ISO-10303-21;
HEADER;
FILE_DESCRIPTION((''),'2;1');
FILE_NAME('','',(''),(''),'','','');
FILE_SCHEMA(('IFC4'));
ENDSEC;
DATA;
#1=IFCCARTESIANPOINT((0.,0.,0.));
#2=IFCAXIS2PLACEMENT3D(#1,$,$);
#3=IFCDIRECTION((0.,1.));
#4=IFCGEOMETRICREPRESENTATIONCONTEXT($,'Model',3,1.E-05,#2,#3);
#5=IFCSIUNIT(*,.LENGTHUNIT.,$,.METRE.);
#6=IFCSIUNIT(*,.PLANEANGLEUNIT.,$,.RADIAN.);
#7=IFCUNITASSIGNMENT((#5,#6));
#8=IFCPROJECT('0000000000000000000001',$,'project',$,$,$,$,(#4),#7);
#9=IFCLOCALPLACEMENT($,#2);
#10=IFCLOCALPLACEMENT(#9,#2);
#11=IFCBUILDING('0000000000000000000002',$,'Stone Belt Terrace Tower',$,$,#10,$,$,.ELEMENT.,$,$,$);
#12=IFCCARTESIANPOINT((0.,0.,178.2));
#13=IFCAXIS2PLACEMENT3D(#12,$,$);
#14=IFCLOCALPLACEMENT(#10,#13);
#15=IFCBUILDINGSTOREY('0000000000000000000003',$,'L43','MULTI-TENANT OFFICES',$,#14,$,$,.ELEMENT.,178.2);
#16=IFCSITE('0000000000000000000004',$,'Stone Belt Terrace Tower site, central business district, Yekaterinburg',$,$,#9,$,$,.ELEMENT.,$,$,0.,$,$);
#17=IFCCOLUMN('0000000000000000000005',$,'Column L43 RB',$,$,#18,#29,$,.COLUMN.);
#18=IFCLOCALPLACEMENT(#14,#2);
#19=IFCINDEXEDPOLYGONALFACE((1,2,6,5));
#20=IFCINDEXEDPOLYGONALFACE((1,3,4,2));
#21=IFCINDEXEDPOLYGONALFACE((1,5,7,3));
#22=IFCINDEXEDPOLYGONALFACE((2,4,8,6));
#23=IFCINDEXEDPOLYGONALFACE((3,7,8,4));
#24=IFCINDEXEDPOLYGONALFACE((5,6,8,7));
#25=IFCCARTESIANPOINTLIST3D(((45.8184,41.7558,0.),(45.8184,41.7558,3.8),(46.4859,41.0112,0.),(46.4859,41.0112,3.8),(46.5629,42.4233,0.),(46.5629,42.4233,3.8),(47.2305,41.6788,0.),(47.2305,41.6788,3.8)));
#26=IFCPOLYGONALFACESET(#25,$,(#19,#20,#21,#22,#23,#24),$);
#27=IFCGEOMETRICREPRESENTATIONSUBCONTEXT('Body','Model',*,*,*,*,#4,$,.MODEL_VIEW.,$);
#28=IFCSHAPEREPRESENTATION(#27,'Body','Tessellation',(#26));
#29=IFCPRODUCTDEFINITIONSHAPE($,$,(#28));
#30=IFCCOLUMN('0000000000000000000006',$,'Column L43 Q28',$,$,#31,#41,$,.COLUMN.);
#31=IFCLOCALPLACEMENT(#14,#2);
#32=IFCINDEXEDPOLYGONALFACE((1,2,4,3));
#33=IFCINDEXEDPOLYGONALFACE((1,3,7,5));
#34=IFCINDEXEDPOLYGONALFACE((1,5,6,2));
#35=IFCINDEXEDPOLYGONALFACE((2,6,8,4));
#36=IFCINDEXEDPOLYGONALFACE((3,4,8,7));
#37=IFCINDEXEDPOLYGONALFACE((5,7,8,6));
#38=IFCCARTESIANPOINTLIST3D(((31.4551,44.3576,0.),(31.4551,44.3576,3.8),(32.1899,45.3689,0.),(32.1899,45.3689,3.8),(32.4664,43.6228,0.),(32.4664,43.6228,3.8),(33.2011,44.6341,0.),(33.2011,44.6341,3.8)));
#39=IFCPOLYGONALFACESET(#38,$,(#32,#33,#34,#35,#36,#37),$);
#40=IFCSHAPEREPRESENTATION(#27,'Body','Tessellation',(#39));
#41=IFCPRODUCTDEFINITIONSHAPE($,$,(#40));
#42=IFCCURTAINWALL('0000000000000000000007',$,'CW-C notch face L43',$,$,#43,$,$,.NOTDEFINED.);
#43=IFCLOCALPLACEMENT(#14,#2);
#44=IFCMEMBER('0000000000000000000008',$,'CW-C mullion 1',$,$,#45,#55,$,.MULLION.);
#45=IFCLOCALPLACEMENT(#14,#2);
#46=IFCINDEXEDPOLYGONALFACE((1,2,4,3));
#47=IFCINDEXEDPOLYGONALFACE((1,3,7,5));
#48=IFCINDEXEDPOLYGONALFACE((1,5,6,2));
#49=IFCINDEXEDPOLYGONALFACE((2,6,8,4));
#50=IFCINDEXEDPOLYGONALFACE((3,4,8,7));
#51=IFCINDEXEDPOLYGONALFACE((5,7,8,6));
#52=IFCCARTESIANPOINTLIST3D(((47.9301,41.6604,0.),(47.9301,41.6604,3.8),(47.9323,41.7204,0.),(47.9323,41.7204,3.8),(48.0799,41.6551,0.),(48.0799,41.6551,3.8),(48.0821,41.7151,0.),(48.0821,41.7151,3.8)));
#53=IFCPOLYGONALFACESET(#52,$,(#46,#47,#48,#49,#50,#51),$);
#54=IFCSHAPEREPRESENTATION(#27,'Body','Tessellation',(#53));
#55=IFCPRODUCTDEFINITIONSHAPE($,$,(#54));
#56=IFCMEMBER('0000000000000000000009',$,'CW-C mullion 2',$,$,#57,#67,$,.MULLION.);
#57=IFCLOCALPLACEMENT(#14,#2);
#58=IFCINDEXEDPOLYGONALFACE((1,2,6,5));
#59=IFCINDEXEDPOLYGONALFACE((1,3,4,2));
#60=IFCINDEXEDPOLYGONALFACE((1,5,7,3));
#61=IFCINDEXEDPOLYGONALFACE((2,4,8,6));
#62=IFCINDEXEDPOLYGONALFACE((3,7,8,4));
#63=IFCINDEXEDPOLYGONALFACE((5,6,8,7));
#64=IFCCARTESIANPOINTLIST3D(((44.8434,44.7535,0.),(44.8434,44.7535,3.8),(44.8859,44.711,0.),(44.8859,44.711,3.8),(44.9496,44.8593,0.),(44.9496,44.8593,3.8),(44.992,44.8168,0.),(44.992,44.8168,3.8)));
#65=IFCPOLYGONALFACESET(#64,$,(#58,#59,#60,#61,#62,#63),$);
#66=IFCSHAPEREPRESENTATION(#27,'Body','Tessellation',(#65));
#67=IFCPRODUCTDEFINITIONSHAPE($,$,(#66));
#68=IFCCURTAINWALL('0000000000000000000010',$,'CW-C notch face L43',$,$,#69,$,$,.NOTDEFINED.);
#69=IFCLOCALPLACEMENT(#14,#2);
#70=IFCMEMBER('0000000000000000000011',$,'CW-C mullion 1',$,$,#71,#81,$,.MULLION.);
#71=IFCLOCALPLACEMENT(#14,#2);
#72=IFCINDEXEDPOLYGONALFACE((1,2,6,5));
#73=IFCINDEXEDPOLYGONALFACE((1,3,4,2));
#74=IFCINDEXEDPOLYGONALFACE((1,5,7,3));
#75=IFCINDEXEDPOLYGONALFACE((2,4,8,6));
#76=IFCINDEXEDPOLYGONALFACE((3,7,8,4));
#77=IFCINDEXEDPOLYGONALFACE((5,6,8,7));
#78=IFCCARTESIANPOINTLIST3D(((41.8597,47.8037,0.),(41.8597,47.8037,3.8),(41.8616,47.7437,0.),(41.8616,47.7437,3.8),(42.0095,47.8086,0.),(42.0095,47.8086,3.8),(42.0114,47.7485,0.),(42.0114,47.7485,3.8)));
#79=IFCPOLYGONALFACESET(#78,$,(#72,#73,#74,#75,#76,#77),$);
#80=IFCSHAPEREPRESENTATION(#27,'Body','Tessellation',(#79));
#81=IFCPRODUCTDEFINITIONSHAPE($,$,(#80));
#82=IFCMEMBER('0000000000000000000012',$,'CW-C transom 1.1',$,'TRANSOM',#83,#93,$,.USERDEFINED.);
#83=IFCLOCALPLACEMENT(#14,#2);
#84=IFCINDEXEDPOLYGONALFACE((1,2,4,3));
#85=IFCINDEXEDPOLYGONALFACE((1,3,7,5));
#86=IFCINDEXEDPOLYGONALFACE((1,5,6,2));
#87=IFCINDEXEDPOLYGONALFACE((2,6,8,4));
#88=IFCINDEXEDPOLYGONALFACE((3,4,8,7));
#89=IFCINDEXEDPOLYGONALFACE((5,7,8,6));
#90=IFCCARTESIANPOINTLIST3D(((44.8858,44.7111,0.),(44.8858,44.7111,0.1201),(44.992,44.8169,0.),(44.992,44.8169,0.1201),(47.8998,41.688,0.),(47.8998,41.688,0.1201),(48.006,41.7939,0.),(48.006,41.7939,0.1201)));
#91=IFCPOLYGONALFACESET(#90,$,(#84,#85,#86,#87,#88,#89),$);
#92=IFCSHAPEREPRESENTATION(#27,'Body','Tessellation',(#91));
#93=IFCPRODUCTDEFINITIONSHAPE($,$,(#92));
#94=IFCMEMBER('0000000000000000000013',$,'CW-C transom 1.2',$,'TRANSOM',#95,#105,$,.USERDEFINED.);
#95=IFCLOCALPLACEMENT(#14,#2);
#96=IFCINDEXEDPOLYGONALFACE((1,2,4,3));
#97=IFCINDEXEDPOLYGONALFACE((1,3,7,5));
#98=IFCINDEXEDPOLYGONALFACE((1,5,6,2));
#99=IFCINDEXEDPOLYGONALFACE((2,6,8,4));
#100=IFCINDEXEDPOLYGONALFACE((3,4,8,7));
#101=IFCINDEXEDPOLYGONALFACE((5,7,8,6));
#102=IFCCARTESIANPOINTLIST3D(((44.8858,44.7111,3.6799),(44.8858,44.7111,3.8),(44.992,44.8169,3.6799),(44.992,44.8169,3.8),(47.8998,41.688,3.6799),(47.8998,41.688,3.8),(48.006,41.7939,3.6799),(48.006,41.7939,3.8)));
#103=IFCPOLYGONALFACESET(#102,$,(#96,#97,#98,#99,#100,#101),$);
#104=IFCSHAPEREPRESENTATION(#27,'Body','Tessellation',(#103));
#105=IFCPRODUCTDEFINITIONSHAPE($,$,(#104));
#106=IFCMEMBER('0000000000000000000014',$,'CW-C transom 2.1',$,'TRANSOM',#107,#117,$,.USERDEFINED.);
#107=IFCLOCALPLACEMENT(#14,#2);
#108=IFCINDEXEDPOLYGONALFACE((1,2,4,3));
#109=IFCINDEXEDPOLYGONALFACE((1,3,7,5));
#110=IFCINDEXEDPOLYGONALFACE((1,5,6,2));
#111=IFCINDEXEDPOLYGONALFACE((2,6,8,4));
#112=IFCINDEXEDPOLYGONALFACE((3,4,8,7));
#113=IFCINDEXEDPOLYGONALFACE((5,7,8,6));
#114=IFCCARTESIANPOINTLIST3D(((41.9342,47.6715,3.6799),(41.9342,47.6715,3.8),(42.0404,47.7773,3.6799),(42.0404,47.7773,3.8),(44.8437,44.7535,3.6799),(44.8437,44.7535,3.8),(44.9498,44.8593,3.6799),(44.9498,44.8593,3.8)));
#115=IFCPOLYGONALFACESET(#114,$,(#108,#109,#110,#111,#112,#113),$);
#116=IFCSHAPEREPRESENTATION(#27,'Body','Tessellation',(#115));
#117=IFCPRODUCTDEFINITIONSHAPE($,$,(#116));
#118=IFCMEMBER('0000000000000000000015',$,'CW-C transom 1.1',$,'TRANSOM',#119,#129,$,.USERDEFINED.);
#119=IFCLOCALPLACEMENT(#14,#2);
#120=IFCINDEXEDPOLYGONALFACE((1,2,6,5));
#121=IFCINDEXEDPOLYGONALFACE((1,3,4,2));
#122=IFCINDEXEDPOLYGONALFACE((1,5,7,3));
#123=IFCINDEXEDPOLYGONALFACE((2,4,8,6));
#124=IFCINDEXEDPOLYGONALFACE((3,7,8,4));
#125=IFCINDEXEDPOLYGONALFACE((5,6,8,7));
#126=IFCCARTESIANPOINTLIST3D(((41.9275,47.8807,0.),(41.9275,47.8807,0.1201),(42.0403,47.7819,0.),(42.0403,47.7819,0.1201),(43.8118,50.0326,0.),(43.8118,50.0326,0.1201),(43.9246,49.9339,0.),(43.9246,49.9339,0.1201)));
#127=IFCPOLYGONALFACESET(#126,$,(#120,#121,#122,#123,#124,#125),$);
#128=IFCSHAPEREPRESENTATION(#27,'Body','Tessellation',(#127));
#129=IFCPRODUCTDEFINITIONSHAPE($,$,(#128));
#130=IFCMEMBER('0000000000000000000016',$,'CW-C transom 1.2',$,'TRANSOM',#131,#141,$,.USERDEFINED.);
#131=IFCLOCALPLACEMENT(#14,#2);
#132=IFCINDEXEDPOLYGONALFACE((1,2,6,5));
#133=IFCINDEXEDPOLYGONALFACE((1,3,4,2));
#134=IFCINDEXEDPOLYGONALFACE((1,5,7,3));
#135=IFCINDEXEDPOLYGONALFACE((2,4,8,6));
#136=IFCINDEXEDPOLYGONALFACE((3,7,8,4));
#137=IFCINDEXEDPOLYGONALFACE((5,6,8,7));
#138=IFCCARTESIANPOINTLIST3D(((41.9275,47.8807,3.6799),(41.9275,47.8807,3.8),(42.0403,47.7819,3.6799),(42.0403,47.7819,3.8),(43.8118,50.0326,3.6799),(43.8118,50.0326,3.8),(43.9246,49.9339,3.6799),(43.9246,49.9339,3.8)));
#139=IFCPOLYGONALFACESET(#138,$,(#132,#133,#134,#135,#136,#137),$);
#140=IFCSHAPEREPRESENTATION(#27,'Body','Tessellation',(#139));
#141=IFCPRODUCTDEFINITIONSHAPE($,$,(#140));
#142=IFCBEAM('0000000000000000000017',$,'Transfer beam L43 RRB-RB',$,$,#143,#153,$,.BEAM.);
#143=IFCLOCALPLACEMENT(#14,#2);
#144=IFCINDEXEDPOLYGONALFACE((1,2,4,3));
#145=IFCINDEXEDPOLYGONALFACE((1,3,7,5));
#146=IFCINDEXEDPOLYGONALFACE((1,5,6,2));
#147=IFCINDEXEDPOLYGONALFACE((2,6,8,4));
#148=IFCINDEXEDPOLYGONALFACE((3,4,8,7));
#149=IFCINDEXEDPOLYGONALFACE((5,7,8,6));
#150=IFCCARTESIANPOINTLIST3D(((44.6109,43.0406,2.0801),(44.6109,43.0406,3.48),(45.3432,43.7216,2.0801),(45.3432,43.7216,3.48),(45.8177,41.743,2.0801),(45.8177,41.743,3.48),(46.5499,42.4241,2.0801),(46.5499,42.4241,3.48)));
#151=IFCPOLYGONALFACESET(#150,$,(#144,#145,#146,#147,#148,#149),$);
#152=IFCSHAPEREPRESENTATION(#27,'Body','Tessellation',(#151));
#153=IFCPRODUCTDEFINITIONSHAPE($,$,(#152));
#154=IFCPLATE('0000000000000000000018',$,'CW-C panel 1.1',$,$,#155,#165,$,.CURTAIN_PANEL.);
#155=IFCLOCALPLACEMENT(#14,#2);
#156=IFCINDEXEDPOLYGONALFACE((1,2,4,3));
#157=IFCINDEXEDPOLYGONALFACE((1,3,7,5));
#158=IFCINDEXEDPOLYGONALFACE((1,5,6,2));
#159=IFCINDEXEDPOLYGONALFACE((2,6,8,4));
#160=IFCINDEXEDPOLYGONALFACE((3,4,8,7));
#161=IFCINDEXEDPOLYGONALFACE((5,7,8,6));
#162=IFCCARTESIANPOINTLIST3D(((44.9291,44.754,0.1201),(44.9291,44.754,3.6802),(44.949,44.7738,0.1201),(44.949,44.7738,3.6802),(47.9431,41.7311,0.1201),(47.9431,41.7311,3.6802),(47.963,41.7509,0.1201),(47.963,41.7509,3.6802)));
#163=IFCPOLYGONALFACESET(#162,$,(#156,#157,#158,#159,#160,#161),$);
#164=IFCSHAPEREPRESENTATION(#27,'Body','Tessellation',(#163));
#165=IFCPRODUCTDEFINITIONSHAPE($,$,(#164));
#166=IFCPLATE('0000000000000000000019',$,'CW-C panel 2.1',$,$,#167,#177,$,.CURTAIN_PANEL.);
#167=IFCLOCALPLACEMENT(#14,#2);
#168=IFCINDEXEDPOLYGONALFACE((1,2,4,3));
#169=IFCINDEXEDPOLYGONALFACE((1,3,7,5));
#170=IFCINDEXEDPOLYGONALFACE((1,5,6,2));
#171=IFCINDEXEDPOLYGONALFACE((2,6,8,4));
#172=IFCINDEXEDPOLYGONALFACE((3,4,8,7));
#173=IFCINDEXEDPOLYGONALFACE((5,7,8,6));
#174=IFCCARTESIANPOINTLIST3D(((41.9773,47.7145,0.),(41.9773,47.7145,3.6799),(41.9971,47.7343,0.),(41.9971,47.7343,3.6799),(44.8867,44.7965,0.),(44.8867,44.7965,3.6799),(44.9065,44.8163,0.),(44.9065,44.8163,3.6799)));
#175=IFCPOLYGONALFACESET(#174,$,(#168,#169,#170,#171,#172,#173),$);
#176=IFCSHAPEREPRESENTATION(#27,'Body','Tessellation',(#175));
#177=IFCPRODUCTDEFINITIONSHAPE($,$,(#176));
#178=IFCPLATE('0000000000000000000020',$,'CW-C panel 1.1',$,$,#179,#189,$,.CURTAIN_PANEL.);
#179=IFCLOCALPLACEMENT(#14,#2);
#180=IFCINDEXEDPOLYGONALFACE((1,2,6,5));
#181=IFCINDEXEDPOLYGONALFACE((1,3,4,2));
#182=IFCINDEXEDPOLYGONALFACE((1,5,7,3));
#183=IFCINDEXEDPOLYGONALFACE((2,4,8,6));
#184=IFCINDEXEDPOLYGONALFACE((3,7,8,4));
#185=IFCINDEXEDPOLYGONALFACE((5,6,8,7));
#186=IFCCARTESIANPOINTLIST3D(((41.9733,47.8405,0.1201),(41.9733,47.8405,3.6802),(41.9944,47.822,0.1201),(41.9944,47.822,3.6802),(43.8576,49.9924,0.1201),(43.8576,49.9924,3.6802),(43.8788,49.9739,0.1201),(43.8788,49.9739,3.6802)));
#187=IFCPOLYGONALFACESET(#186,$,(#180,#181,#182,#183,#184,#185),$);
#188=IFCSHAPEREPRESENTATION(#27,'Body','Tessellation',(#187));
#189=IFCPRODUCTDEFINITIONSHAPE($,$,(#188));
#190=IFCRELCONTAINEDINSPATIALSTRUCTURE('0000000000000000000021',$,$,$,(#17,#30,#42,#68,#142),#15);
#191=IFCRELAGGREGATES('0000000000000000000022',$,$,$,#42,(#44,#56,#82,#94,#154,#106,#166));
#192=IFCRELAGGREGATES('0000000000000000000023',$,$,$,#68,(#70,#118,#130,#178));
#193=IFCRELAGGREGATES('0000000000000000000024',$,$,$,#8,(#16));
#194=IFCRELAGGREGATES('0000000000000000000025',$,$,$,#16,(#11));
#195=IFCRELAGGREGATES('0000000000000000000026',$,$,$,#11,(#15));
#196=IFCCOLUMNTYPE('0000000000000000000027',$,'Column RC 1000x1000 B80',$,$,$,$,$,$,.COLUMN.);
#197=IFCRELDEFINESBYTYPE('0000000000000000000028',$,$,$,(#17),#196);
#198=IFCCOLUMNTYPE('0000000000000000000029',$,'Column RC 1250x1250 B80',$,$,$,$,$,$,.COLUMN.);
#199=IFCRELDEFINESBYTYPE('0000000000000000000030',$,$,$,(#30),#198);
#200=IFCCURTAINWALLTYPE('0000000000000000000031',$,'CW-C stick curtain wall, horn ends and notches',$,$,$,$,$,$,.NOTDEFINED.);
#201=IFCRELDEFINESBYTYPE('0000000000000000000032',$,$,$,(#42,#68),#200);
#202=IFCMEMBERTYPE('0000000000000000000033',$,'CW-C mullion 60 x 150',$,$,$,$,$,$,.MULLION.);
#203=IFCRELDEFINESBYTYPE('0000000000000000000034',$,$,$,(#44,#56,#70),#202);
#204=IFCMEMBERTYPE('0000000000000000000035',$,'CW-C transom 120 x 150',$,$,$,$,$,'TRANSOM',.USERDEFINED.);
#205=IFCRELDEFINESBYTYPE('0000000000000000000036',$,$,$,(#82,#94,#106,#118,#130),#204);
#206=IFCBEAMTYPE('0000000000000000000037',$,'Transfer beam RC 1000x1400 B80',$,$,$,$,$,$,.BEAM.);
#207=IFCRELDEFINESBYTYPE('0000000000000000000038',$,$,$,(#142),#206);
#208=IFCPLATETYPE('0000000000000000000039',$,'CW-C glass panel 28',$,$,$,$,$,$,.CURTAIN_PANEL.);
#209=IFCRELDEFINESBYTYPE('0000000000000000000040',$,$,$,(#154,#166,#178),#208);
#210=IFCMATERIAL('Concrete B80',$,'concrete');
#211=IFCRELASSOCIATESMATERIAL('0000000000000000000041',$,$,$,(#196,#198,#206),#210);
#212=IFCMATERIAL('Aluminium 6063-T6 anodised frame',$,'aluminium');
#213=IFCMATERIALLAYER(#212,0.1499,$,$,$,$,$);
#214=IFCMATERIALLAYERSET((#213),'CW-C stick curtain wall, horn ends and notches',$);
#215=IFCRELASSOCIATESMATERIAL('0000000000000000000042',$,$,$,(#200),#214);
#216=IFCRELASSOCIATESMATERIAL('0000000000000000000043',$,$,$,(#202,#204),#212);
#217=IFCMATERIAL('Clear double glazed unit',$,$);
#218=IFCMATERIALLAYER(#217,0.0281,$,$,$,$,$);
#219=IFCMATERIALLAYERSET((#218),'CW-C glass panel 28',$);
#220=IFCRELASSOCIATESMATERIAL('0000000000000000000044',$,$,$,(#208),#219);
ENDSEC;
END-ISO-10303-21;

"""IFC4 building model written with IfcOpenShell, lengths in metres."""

from ifc_helpers import new_model, si_unit, direction, frame, origin, origin_2d, place, context, subcontext, project, spatial, rectangle, extrude, material, layer, layer_set, material_profile, profile_set, type_object, element, aggregate, save


model = new_model("IFC4")

# Units and contexts
model_context = context("Model", 3, precision=1e-05, world=origin(), true_north=direction((0.0, 1.0)))
body_context = subcontext(model_context, "Body", "Model", "MODEL_VIEW")
ifc_project = project(units=[si_unit("LENGTHUNIT", "METRE"), si_unit("PLANEANGLEUNIT", "RADIAN")], contexts=[model_context])

# Site, building, storey
site_placement = place(None, origin())
site = spatial("IfcSite", under=ifc_project, at=site_placement, Name="Stone Belt Terrace Tower site, central business district, Yekaterinburg", CompositionType="ELEMENT", RefElevation=0.0)
building_placement = place(site_placement, origin())
building = spatial("IfcBuilding", under=site, at=building_placement, Name="Stone Belt Terrace Tower", CompositionType="ELEMENT")
storey_placement = place(building_placement, frame((0.0, 0.0, 178.2)))
storey = spatial("IfcBuildingStorey", under=building, at=storey_placement, Name="L43", Description="MULTI-TENANT OFFICES", CompositionType="ELEMENT", Elevation=178.2)

# Columns
ifc_material_1 = material(Name="Concrete B80", Category="concrete")
ifc_material_profile_1 = material_profile(ifc_material_1, rectangle(XDim=1.0, YDim=1.0, at=origin_2d()), Name="RC 1000x1000")
ifc_profile_set_1 = profile_set([ifc_material_profile_1], Name="Concrete B80")
column_type_1 = type_object("IfcColumnType", Name="Column RC 1000x1000 B80", PredefinedType="COLUMN", material=ifc_profile_set_1)
column_1_placement = place(storey_placement, frame((46.5244, 41.7173, 0.0), z_axis=(0.0, 0.0, 1.0), x_axis=(0.667595, -0.744525, 0.0)))
element("IfcColumn", 1, at=column_1_placement, inside=storey, type_object=column_type_1, Name="Column L43 RB", PredefinedType="COLUMN", context=body_context, shape_type="SweptSolid", body=[
    extrude(rectangle(XDim=1.0, YDim=1.0, at=origin_2d()), origin(), (0.0, 0.0, 1.0), 3.8),
])
ifc_material_profile_2 = material_profile(ifc_material_1, rectangle(XDim=1.25, YDim=1.25, at=origin_2d()), Name="RC 1250x1250")
ifc_profile_set_2 = profile_set([ifc_material_profile_2], Name="Concrete B80")
column_type_2 = type_object("IfcColumnType", Name="Column RC 1250x1250 B80", PredefinedType="COLUMN", material=ifc_profile_set_2)
column_2_placement = place(storey_placement, frame((32.3281, 44.4958, 0.0), z_axis=(0.0, 0.0, 1.0), x_axis=(0.809017, -0.587785, 0.0)))
element("IfcColumn", 2, at=column_2_placement, inside=storey, type_object=column_type_2, Name="Column L43 Q28", PredefinedType="COLUMN", context=body_context, shape_type="SweptSolid", body=[
    extrude(rectangle(XDim=1.25, YDim=1.25, at=origin_2d()), origin(), (0.0, 0.0, 1.0), 3.8),
])

# Curtain wall, members
ifc_material_2 = material(Name="Aluminium 6063-T6 anodised frame", Category="aluminium")
ifc_layer_1 = layer(ifc_material_2, 0.1499)
ifc_layer_set_1 = layer_set([ifc_layer_1], Name="CW-C stick curtain wall, horn ends and notches")
curtain_wall_type = type_object("IfcCurtainWallType", Name="CW-C stick curtain wall, horn ends and notches", PredefinedType="NOTDEFINED", material=ifc_layer_set_1)
curtain_wall_1_placement = place(storey_placement, origin())
curtain_wall_1 = element("IfcCurtainWall", 3, at=curtain_wall_1_placement, inside=storey, type_object=curtain_wall_type, Name="CW-C notch face L43", PredefinedType="NOTDEFINED")
ifc_material_profile_3 = material_profile(ifc_material_2, rectangle(XDim=0.1499, YDim=0.0601, at=origin_2d()), Name="Aluminium 6063-T6 60x150")
ifc_profile_set_3 = profile_set([ifc_material_profile_3], Name="Aluminium 6063-T6 anodised frame")
member_type_1 = type_object("IfcMemberType", Name="CW-C mullion 60 x 150", PredefinedType="MULLION", material=ifc_profile_set_3)
member_1_placement = place(storey_placement, frame((48.0061, 41.6877, 0.0), z_axis=(0.0, 0.0, 1.0), x_axis=(-0.999377, 0.035305, 0.0)))
member_1 = element("IfcMember", 4, at=member_1_placement, type_object=member_type_1, Name="CW-C mullion 1", PredefinedType="MULLION", context=body_context, shape_type="SweptSolid", body=[
    extrude(rectangle(XDim=0.1499, YDim=0.0601, at=origin_2d()), origin(), (0.0, 0.0, 1.0), 3.8),
])
member_2_placement = place(storey_placement, frame((44.9177, 44.7852, 0.0), z_axis=(0.0, 0.0, 1.0), x_axis=(-0.708151, -0.706061, 0.0)))
member_2 = element("IfcMember", 5, at=member_2_placement, type_object=member_type_1, Name="CW-C mullion 2", PredefinedType="MULLION", context=body_context, shape_type="SweptSolid", body=[
    extrude(rectangle(XDim=0.1499, YDim=0.0601, at=origin_2d()), origin(), (0.0, 0.0, 1.0), 3.8),
])

# Curtain wall, member
curtain_wall_2_placement = place(storey_placement, origin())
curtain_wall_2 = element("IfcCurtainWall", 6, at=curtain_wall_2_placement, inside=storey, type_object=curtain_wall_type, Name="CW-C notch face L43", PredefinedType="NOTDEFINED")
member_3_placement = place(storey_placement, frame((41.9355, 47.7761, 0.0), z_axis=(0.0, 0.0, 1.0), x_axis=(-0.999477, -0.032351, 0.0)))
member_3 = element("IfcMember", 7, at=member_3_placement, type_object=member_type_1, Name="CW-C mullion 1", PredefinedType="MULLION", context=body_context, shape_type="SweptSolid", body=[
    extrude(rectangle(XDim=0.1499, YDim=0.0601, at=origin_2d()), origin(), (0.0, 0.0, 1.0), 3.8),
])

# Members
ifc_material_profile_4 = material_profile(ifc_material_2, rectangle(XDim=0.1499, YDim=0.1201, at=origin_2d()), Name="Aluminium 6063-T6 150x120")
ifc_profile_set_4 = profile_set([ifc_material_profile_4], Name="Aluminium 6063-T6 anodised frame")
member_type_2 = type_object("IfcMemberType", Name="CW-C transom 120 x 150", ElementType="TRANSOM", PredefinedType="USERDEFINED", material=ifc_profile_set_4)
member_4_placement = place(storey_placement, frame((47.9529, 41.741, 0.0601), z_axis=(-0.706048, 0.708164, 0.0), x_axis=(-0.708164, -0.706048, 0.0)))
member_4 = element("IfcMember", 8, at=member_4_placement, type_object=member_type_2, Name="CW-C transom 1.1", ObjectType="TRANSOM", PredefinedType="USERDEFINED", context=body_context, shape_type="SweptSolid", body=[
    extrude(rectangle(XDim=0.1499, YDim=0.1201, at=origin_2d()), origin(), (0.0, 0.0, 1.0), 4.2688),
])
member_5_placement = place(storey_placement, frame((47.9529, 41.741, 3.74), z_axis=(-0.706048, 0.708164, 0.0), x_axis=(-0.708164, -0.706048, 0.0)))
member_5 = element("IfcMember", 9, at=member_5_placement, type_object=member_type_2, Name="CW-C transom 1.2", ObjectType="TRANSOM", PredefinedType="USERDEFINED", context=body_context, shape_type="SweptSolid", body=[
    extrude(rectangle(XDim=0.1499, YDim=0.1201, at=origin_2d()), origin(), (0.0, 0.0, 1.0), 4.2688),
])
member_6_placement = place(storey_placement, frame((44.8967, 44.8064, 3.74), z_axis=(-0.706069, 0.708143, 0.0), x_axis=(-0.708143, -0.706069, 0.0)))
member_6 = element("IfcMember", 10, at=member_6_placement, type_object=member_type_2, Name="CW-C transom 2.1", ObjectType="TRANSOM", PredefinedType="USERDEFINED", context=body_context, shape_type="SweptSolid", body=[
    extrude(rectangle(XDim=0.1499, YDim=0.1201, at=origin_2d()), origin(), (0.0, 0.0, 1.0), 4.1206),
])
member_7_placement = place(storey_placement, frame((41.9839, 47.8313, 0.0601), z_axis=(0.658783, 0.752333, 0.0), x_axis=(-0.752333, 0.658783, 0.0)))
member_7 = element("IfcMember", 11, at=member_7_placement, type_object=member_type_2, Name="CW-C transom 1.1", ObjectType="TRANSOM", PredefinedType="USERDEFINED", context=body_context, shape_type="SweptSolid", body=[
    extrude(rectangle(XDim=0.1499, YDim=0.1201, at=origin_2d()), origin(), (0.0, 0.0, 1.0), 2.8604),
])
member_8_placement = place(storey_placement, frame((41.9839, 47.8313, 3.74), z_axis=(0.658783, 0.752333, 0.0), x_axis=(-0.752333, 0.658783, 0.0)))
member_8 = element("IfcMember", 12, at=member_8_placement, type_object=member_type_2, Name="CW-C transom 1.2", ObjectType="TRANSOM", PredefinedType="USERDEFINED", context=body_context, shape_type="SweptSolid", body=[
    extrude(rectangle(XDim=0.1499, YDim=0.1201, at=origin_2d()), origin(), (0.0, 0.0, 1.0), 2.8604),
])

# Beam
ifc_material_profile_5 = material_profile(ifc_material_1, rectangle(XDim=1.0, YDim=1.3999, at=origin_2d()), Name="RC 1000x1400")
ifc_profile_set_5 = profile_set([ifc_material_profile_5], Name="Concrete B80")
beam_type = type_object("IfcBeamType", Name="Transfer beam RC 1000x1400 B80", PredefinedType="BEAM", material=ifc_profile_set_5)
beam_placement = place(storey_placement, frame((44.9771, 43.3811, 2.78), z_axis=(0.681016, -0.732268, 0.0), x_axis=(0.732268, 0.681016, 0.0)))
element("IfcBeam", 13, at=beam_placement, inside=storey, type_object=beam_type, Name="Transfer beam L43 RRB-RB", PredefinedType="BEAM", context=body_context, shape_type="SweptSolid", body=[
    extrude(rectangle(XDim=1.0, YDim=1.3999, at=origin_2d()), origin(), (0.0, 0.0, 1.0), 1.772),
])

# Plates
ifc_material_3 = material(Name="Clear double glazed unit")
ifc_layer_2 = layer(ifc_material_3, 0.0281)
ifc_layer_set_2 = layer_set([ifc_layer_2], Name="CW-C glass panel 28")
plate_type = type_object("IfcPlateType", Name="CW-C glass panel 28", PredefinedType="CURTAIN_PANEL", material=ifc_layer_set_2)
plate_1_placement = place(storey_placement, frame((46.446, 43.2524, 0.1201), z_axis=(0.0, 0.0, 1.0), x_axis=(-0.706061, 0.708151, 0.0)))
plate_1 = element("IfcPlate", 14, at=plate_1_placement, type_object=plate_type, Name="CW-C panel 1.1", PredefinedType="CURTAIN_PANEL", context=body_context, shape_type="SweptSolid", body=[
    extrude(rectangle(XDim=4.2688, YDim=0.0281, at=origin_2d()), origin(), (0.0, 0.0, 1.0), 3.5601),
])
plate_2_placement = place(storey_placement, frame((43.4419, 46.2654, 0.0), z_axis=(0.0, 0.0, 1.0), x_axis=(-0.706061, 0.708151, 0.0)))
plate_2 = element("IfcPlate", 15, at=plate_2_placement, type_object=plate_type, Name="CW-C panel 2.1", PredefinedType="CURTAIN_PANEL", context=body_context, shape_type="SweptSolid", body=[
    extrude(rectangle(XDim=4.1206, YDim=0.0281, at=origin_2d()), origin(), (0.0, 0.0, 1.0), 3.6799),
])
aggregate(curtain_wall_1, [member_1, member_2, member_4, member_5, plate_1, member_6, plate_2])
plate_3_placement = place(storey_placement, frame((42.926, 48.9072, 0.1201), z_axis=(0.0, 0.0, 1.0), x_axis=(0.658788, 0.752328, 0.0)))
plate_3 = element("IfcPlate", 16, at=plate_3_placement, type_object=plate_type, Name="CW-C panel 1.1", PredefinedType="CURTAIN_PANEL", context=body_context, shape_type="SweptSolid", body=[
    extrude(rectangle(XDim=2.8604, YDim=0.0281, at=origin_2d()), origin(), (0.0, 0.0, 1.0), 3.5601),
])
aggregate(curtain_wall_2, [member_3, member_7, member_8, plate_3])

save(model, "model.ifc")
